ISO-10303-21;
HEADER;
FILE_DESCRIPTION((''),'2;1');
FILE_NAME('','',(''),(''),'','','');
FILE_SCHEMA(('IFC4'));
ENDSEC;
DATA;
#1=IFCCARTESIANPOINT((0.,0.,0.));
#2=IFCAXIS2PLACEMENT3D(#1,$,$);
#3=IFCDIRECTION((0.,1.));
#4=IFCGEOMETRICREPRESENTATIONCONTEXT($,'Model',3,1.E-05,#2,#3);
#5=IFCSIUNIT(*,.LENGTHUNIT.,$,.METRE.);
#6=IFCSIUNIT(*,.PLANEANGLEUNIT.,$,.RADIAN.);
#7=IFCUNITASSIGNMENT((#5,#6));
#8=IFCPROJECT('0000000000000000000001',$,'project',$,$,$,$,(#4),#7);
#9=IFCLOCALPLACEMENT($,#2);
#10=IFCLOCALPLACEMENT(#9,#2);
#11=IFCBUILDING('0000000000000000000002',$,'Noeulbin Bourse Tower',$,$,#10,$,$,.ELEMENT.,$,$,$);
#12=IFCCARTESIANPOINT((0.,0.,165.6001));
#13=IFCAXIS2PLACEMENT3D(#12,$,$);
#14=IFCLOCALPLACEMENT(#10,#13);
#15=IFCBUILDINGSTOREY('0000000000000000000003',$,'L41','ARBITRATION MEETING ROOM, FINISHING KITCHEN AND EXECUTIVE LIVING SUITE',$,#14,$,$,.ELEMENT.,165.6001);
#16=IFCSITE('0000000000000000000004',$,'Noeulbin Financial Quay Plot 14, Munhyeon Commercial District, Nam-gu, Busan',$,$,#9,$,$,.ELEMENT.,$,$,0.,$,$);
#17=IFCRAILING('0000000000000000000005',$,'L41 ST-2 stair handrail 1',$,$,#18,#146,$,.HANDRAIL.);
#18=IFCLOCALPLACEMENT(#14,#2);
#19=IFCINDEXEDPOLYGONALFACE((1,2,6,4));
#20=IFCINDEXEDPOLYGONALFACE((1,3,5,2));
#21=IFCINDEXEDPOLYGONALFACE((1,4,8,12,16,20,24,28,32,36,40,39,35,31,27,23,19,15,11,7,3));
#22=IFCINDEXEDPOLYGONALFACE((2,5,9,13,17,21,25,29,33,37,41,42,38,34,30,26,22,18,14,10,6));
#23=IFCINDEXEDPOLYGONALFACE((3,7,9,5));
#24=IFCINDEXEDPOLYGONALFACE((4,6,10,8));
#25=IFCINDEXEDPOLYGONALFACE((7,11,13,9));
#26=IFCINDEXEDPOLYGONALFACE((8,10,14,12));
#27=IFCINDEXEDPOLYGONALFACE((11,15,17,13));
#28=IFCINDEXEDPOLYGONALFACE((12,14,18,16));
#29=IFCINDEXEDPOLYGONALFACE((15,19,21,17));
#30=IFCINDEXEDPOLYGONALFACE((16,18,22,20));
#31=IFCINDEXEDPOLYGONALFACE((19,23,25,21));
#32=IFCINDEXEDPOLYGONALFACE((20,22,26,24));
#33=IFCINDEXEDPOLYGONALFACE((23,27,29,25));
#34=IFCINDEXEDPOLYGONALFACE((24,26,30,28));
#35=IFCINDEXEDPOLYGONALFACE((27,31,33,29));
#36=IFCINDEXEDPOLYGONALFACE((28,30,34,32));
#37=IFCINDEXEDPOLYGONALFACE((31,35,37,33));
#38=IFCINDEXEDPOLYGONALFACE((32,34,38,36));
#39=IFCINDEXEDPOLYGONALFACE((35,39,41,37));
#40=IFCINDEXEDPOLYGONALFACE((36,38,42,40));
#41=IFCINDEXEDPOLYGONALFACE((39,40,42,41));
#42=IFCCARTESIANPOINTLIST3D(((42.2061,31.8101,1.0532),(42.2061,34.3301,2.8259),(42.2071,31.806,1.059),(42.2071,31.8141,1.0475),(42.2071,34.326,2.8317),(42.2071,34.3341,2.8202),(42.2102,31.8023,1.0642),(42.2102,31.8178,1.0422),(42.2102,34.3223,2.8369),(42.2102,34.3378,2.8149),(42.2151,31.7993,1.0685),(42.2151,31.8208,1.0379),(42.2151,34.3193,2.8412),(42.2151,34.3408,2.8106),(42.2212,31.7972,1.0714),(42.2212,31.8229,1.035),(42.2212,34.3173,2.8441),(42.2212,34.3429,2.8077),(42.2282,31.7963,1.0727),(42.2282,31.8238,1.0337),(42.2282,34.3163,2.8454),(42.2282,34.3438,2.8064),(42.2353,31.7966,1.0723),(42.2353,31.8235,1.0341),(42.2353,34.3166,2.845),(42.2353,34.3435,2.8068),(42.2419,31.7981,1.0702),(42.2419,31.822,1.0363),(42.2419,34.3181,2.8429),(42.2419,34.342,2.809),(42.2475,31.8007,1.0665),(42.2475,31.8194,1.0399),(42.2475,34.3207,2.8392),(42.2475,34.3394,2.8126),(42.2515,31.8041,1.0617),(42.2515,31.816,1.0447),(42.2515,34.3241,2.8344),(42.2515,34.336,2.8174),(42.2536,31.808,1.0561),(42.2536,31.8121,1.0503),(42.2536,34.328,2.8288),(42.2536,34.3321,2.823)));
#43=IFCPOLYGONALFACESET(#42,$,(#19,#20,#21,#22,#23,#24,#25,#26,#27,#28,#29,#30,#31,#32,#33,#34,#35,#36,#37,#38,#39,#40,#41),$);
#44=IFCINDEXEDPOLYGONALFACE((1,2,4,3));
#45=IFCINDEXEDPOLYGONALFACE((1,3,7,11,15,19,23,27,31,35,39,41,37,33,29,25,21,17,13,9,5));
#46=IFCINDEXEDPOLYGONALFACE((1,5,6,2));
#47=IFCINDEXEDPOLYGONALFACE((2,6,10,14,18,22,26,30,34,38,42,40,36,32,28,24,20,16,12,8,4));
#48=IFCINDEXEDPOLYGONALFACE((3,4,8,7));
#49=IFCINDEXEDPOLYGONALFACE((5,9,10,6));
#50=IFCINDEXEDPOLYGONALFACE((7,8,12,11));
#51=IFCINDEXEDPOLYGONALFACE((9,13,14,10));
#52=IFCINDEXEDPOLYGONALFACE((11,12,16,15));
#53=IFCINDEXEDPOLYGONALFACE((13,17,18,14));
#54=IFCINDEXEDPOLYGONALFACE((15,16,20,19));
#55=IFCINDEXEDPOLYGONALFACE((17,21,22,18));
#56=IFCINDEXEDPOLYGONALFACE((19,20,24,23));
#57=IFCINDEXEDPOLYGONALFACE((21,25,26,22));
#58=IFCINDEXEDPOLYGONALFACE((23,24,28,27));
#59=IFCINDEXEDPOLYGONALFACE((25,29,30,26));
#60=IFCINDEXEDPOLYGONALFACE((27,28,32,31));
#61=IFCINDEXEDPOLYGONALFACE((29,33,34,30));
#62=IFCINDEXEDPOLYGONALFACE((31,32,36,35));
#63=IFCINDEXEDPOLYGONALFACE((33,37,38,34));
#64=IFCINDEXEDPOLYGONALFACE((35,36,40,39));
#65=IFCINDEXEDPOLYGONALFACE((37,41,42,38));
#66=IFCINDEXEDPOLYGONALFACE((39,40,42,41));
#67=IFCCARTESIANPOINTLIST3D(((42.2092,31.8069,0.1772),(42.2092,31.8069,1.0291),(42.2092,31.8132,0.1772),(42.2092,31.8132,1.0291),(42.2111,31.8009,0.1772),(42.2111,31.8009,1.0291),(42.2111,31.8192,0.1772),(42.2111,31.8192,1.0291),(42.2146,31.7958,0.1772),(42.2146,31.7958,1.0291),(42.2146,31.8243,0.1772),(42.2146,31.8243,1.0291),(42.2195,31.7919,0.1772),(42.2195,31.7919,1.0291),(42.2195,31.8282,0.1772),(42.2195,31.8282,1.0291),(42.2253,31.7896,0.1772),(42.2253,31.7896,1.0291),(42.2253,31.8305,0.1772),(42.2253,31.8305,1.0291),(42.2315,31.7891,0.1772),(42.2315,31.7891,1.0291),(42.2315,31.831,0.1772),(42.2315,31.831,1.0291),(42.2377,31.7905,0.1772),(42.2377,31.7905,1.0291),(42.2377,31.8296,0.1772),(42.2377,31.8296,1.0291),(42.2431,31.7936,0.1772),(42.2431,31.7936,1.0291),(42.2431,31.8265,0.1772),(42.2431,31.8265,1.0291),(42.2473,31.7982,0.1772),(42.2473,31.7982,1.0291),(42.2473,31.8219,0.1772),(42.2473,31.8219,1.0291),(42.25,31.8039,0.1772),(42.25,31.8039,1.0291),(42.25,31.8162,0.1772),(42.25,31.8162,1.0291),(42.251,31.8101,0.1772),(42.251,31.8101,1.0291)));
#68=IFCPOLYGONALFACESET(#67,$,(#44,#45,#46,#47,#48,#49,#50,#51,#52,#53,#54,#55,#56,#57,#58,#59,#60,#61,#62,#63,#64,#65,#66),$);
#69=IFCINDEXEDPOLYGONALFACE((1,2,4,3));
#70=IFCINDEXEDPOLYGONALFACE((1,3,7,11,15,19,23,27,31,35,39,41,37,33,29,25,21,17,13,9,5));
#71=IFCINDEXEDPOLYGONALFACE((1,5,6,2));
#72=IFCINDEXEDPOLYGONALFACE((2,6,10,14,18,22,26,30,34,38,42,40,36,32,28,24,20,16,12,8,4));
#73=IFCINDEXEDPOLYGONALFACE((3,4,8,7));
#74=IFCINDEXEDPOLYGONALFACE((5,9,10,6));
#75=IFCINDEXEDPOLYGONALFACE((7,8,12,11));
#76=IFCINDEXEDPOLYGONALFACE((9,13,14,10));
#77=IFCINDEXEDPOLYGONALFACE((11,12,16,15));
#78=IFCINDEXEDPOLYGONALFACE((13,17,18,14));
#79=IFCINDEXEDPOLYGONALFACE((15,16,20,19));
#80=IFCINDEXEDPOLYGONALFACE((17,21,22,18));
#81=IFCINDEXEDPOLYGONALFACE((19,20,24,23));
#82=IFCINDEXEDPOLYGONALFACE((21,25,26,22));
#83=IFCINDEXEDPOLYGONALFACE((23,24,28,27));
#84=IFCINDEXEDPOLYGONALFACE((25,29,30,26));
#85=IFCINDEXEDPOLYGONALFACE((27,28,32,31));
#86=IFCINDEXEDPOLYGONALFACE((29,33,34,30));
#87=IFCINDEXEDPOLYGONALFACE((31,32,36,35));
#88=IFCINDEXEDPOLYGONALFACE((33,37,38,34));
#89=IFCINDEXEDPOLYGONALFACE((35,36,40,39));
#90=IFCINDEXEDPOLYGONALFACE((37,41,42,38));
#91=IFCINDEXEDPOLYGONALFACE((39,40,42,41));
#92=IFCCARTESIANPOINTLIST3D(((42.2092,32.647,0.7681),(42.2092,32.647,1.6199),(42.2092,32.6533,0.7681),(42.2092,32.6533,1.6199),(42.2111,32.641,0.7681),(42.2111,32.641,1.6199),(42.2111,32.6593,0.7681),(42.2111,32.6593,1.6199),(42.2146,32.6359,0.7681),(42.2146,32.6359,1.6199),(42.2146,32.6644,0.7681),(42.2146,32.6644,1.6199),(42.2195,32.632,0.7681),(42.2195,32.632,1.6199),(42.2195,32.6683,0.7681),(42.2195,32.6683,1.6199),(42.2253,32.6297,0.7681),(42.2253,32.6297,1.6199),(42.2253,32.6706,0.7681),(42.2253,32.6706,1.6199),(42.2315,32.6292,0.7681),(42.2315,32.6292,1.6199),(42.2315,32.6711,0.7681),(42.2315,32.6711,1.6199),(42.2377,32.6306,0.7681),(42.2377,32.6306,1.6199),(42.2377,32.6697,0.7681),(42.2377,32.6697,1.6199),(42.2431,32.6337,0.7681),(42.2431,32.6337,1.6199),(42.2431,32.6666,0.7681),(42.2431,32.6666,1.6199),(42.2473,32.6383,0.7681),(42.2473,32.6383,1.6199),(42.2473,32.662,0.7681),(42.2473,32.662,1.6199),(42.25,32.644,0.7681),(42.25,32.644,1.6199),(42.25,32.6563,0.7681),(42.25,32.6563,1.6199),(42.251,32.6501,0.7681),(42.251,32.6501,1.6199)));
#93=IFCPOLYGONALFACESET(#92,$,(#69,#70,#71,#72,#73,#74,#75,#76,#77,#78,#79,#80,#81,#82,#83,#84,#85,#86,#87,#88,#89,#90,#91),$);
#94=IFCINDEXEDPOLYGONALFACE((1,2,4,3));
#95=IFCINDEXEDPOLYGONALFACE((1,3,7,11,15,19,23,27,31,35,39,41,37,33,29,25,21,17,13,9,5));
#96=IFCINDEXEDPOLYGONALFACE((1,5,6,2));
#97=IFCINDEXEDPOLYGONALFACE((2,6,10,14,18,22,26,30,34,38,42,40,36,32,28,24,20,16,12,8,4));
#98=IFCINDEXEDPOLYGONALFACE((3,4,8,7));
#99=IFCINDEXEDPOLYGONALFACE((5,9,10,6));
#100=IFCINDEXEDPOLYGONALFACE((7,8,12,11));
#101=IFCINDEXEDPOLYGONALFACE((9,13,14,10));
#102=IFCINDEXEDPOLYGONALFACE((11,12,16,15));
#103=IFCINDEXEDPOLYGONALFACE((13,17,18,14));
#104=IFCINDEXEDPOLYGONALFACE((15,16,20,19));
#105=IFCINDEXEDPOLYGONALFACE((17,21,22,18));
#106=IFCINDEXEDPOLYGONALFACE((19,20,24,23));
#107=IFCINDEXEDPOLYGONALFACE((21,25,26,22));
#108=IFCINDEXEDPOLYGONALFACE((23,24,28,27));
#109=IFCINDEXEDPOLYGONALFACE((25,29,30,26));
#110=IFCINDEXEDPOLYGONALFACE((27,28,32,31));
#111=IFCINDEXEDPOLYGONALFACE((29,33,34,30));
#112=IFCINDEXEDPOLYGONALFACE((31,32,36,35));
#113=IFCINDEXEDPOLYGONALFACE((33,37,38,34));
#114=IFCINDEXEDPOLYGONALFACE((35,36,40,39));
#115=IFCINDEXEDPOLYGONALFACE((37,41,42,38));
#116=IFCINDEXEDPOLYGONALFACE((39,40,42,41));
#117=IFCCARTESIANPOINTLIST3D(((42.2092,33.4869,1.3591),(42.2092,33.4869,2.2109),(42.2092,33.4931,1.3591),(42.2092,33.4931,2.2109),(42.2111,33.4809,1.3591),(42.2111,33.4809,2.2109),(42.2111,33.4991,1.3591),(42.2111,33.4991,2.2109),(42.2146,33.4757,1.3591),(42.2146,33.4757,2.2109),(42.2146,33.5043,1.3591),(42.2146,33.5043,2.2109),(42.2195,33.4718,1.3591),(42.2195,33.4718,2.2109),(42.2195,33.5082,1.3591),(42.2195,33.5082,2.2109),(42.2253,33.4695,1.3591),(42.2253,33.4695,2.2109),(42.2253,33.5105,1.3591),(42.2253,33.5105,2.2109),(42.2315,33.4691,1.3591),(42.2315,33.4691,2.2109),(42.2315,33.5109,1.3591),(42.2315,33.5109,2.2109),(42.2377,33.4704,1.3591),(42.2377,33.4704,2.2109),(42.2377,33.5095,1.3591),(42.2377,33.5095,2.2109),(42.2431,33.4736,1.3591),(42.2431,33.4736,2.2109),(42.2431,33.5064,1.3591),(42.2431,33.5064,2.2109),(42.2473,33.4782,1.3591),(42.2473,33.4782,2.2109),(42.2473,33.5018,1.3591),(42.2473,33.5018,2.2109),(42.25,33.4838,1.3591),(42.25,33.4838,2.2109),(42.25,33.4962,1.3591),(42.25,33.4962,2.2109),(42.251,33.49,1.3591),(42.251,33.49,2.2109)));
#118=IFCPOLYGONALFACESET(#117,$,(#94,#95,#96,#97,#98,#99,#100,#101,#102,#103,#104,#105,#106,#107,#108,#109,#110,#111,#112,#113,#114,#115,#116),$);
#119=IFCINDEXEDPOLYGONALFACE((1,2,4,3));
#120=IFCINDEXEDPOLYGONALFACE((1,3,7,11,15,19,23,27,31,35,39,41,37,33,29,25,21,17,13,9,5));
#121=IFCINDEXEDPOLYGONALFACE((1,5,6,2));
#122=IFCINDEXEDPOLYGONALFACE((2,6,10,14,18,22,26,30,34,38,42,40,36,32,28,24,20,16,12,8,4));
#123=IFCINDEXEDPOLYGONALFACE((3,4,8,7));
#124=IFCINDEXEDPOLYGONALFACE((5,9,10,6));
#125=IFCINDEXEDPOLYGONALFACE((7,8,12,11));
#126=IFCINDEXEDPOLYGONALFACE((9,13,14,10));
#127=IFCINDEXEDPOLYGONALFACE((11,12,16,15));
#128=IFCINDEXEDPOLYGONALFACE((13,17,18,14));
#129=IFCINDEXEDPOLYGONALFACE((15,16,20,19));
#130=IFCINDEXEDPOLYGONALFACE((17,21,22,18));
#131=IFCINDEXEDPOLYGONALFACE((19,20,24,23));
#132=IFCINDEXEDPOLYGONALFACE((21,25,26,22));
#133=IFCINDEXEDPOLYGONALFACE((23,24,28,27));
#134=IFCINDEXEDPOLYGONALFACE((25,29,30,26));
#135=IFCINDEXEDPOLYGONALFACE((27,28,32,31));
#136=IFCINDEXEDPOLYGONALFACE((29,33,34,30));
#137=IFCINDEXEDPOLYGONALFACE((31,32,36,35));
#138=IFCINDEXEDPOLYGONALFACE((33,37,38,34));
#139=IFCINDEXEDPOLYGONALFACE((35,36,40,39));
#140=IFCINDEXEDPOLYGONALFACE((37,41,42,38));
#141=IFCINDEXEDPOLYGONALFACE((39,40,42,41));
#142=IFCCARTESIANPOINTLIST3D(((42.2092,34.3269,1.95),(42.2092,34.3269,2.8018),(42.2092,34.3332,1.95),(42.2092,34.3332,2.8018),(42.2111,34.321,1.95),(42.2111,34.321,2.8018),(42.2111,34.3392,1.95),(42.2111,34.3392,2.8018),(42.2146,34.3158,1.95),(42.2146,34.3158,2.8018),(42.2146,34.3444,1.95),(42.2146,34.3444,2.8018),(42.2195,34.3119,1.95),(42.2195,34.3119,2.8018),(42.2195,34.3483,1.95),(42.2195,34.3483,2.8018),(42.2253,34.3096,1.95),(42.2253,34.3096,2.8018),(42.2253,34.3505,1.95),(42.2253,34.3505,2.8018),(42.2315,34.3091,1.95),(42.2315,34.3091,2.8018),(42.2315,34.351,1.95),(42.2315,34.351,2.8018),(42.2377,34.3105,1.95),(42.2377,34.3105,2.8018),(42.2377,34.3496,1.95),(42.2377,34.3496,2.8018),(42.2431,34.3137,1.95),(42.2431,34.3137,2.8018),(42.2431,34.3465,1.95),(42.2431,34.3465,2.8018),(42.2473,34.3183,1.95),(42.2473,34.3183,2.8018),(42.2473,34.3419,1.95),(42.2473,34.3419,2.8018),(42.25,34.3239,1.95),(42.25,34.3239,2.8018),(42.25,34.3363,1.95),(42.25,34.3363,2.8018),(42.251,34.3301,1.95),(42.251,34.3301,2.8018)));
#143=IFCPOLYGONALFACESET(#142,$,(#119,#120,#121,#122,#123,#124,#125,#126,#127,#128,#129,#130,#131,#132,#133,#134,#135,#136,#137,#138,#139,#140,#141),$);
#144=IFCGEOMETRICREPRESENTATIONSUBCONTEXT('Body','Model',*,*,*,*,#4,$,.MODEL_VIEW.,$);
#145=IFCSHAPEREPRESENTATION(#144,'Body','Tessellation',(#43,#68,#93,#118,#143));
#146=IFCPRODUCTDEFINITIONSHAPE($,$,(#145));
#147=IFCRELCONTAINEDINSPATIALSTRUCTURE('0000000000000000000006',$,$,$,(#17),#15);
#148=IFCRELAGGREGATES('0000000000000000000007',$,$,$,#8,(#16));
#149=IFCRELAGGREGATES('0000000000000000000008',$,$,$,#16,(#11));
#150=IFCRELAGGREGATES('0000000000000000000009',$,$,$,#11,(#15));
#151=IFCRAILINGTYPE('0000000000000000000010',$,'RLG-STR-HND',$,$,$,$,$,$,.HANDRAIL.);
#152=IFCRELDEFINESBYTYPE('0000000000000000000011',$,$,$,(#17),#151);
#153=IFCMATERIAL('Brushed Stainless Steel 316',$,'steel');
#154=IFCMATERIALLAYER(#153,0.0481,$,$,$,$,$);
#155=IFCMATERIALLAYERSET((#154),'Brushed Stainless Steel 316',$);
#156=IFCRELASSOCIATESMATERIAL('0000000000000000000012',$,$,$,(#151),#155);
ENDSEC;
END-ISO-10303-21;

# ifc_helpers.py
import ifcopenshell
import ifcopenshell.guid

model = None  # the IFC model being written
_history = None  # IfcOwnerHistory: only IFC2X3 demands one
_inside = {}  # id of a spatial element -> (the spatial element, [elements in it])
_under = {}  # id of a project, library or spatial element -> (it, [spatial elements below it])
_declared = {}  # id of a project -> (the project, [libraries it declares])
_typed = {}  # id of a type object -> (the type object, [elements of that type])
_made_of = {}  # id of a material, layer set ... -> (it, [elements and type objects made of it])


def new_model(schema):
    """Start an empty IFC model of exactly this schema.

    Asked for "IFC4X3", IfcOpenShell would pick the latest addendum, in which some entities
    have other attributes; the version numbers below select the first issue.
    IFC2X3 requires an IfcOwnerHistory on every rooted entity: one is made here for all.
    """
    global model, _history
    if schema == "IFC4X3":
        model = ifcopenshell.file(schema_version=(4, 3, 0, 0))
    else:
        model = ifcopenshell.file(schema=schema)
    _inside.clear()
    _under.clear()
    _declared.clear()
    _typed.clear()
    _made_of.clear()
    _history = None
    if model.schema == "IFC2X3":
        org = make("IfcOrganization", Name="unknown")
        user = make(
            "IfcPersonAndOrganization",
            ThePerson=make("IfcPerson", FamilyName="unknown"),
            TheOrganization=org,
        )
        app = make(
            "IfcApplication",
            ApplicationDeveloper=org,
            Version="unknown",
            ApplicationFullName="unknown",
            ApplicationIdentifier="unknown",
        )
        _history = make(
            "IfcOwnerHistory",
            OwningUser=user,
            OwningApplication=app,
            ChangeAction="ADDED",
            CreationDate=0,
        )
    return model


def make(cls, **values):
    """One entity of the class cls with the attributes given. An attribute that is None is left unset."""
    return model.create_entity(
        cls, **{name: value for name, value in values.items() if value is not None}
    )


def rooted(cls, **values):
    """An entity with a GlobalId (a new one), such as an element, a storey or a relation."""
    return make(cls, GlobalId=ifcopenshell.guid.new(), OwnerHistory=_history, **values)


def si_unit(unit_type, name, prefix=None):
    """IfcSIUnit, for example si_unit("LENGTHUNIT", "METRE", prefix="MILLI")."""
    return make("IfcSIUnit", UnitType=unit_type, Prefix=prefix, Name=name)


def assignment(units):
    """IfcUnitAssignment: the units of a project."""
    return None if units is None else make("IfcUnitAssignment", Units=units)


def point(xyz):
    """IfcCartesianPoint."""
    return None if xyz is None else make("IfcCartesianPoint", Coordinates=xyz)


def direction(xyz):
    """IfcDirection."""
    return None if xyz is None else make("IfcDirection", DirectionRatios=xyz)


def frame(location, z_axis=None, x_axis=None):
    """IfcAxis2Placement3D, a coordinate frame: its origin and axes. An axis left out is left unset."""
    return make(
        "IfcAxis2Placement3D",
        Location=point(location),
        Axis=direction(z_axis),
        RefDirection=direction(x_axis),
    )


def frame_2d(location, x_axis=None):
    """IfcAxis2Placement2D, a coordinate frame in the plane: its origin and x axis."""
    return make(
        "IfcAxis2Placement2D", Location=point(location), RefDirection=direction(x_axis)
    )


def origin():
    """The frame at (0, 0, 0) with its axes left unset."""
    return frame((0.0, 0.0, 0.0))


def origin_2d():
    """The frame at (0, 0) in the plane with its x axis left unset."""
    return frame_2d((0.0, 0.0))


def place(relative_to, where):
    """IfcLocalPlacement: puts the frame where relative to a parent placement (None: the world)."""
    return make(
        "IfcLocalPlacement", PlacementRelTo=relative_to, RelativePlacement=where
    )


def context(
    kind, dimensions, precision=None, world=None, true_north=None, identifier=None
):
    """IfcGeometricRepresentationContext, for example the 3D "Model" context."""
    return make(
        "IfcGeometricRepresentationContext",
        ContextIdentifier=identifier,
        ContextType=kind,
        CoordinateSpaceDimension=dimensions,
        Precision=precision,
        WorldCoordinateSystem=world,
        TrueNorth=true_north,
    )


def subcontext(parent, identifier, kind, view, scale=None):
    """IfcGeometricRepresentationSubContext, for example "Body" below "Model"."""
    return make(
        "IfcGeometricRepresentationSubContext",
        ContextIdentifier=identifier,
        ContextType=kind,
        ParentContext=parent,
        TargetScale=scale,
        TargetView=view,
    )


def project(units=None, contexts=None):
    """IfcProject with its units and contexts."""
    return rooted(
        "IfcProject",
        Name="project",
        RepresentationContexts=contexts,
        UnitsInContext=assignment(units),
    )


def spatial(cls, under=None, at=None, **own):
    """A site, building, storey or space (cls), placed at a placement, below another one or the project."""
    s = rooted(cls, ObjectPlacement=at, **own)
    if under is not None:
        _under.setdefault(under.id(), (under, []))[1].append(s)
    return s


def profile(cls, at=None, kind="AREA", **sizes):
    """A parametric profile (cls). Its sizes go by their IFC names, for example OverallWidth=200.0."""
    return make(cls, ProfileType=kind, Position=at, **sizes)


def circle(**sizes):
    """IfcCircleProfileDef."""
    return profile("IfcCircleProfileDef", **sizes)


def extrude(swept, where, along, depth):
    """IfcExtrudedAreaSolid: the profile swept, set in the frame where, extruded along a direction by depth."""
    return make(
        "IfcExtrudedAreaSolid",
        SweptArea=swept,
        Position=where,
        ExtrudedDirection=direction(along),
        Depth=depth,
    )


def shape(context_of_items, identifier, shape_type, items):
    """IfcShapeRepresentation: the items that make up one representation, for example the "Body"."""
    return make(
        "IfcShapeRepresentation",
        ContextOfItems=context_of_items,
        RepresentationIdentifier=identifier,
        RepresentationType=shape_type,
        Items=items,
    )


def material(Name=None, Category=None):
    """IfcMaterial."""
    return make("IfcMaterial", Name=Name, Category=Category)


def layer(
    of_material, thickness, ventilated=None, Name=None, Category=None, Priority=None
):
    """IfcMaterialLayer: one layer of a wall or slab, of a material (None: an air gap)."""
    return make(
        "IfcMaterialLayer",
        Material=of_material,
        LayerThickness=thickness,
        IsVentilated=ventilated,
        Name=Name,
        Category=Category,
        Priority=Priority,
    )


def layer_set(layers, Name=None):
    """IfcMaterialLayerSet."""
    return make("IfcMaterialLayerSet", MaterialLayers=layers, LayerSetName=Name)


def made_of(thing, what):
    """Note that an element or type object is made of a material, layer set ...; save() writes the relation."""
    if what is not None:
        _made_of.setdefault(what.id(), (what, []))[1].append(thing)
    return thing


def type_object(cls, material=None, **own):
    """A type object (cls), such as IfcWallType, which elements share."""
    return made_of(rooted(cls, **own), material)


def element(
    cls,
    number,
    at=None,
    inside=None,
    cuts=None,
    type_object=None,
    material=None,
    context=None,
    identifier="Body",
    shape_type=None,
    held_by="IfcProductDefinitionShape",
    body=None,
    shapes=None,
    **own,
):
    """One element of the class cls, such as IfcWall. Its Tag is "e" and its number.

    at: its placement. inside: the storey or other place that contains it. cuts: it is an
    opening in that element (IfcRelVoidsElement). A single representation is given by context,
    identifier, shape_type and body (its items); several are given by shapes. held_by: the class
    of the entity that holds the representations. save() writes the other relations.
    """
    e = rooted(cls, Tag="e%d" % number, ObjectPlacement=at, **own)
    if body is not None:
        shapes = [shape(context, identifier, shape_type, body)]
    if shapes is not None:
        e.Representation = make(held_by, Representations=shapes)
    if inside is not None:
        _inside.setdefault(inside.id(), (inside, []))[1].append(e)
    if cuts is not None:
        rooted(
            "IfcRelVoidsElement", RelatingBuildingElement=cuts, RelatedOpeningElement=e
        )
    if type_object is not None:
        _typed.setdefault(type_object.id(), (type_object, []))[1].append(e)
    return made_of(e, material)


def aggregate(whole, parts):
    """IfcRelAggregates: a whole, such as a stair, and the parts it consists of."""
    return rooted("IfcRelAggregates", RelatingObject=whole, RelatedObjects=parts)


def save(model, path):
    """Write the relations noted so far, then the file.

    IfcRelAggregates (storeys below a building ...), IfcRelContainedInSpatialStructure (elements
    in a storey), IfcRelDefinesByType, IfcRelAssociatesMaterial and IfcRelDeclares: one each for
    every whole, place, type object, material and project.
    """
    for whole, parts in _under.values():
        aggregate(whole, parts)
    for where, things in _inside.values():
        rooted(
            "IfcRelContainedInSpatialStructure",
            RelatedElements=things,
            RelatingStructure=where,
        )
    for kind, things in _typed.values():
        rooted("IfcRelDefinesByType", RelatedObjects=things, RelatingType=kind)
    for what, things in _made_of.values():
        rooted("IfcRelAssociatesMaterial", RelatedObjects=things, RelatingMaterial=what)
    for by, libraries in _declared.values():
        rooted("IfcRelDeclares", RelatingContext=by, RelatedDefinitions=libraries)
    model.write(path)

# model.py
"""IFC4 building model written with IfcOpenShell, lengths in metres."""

from ifc_helpers import new_model, si_unit, direction, frame, origin, origin_2d, place, context, subcontext, project, spatial, circle, extrude, material, layer, layer_set, type_object, element, save


model = new_model("IFC4")

# Units and contexts
model_context = context("Model", 3, precision=1e-05, world=origin(), true_north=direction((0.0, 1.0)))
body_context = subcontext(model_context, "Body", "Model", "MODEL_VIEW")
ifc_project = project(units=[si_unit("LENGTHUNIT", "METRE"), si_unit("PLANEANGLEUNIT", "RADIAN")], contexts=[model_context])

# Site, building, storey
site_placement = place(None, origin())
site = spatial("IfcSite", under=ifc_project, at=site_placement, Name="Noeulbin Financial Quay Plot 14, Munhyeon Commercial District, Nam-gu, Busan", CompositionType="ELEMENT", RefElevation=0.0)
building_placement = place(site_placement, origin())
building = spatial("IfcBuilding", under=site, at=building_placement, Name="Noeulbin Bourse Tower", CompositionType="ELEMENT")
storey_placement = place(building_placement, frame((0.0, 0.0, 165.6001)))
storey = spatial("IfcBuildingStorey", under=building, at=storey_placement, Name="L41", Description="ARBITRATION MEETING ROOM, FINISHING KITCHEN AND EXECUTIVE LIVING SUITE", CompositionType="ELEMENT", Elevation=165.6001)

# Railing
ifc_material_1 = material(Name="Brushed Stainless Steel 316", Category="steel")
ifc_layer_1 = layer(ifc_material_1, 0.0481)
ifc_layer_set_1 = layer_set([ifc_layer_1], Name="Brushed Stainless Steel 316")
railing_type_1 = type_object("IfcRailingType", Name="RLG-STR-HND", PredefinedType="HANDRAIL", material=ifc_layer_set_1)
railing_1_placement = place(storey_placement, frame((42.23, 31.8101, 0.1772)))
element("IfcRailing", 1, at=railing_1_placement, inside=storey, type_object=railing_type_1, Name="L41 ST-2 stair handrail 1", PredefinedType="HANDRAIL", context=body_context, shape_type="SweptSolid", body=[
    extrude(circle(Radius=0.0239, at=origin_2d()), frame((0.0, 0.0, 0.876), z_axis=(0.0, 0.817904, 0.575354), x_axis=(-1.0, 0.0, 0.0)), (0.0, 0.0, 1.0), 3.0811),
    extrude(circle(Radius=0.021, at=origin_2d()), origin(), (0.0, 0.0, 1.0), 0.8518),
    extrude(circle(Radius=0.021, at=origin_2d()), frame((0.0, 0.8401, 0.5908)), (0.0, 0.0, 1.0), 0.8518),
    extrude(circle(Radius=0.021, at=origin_2d()), frame((0.0, 1.6799, 1.1819)), (0.0, 0.0, 1.0), 0.8518),
    extrude(circle(Radius=0.021, at=origin_2d()), frame((0.0, 2.52, 1.7727)), (0.0, 0.0, 1.0), 0.8518),
])

save(model, "model.ifc")
